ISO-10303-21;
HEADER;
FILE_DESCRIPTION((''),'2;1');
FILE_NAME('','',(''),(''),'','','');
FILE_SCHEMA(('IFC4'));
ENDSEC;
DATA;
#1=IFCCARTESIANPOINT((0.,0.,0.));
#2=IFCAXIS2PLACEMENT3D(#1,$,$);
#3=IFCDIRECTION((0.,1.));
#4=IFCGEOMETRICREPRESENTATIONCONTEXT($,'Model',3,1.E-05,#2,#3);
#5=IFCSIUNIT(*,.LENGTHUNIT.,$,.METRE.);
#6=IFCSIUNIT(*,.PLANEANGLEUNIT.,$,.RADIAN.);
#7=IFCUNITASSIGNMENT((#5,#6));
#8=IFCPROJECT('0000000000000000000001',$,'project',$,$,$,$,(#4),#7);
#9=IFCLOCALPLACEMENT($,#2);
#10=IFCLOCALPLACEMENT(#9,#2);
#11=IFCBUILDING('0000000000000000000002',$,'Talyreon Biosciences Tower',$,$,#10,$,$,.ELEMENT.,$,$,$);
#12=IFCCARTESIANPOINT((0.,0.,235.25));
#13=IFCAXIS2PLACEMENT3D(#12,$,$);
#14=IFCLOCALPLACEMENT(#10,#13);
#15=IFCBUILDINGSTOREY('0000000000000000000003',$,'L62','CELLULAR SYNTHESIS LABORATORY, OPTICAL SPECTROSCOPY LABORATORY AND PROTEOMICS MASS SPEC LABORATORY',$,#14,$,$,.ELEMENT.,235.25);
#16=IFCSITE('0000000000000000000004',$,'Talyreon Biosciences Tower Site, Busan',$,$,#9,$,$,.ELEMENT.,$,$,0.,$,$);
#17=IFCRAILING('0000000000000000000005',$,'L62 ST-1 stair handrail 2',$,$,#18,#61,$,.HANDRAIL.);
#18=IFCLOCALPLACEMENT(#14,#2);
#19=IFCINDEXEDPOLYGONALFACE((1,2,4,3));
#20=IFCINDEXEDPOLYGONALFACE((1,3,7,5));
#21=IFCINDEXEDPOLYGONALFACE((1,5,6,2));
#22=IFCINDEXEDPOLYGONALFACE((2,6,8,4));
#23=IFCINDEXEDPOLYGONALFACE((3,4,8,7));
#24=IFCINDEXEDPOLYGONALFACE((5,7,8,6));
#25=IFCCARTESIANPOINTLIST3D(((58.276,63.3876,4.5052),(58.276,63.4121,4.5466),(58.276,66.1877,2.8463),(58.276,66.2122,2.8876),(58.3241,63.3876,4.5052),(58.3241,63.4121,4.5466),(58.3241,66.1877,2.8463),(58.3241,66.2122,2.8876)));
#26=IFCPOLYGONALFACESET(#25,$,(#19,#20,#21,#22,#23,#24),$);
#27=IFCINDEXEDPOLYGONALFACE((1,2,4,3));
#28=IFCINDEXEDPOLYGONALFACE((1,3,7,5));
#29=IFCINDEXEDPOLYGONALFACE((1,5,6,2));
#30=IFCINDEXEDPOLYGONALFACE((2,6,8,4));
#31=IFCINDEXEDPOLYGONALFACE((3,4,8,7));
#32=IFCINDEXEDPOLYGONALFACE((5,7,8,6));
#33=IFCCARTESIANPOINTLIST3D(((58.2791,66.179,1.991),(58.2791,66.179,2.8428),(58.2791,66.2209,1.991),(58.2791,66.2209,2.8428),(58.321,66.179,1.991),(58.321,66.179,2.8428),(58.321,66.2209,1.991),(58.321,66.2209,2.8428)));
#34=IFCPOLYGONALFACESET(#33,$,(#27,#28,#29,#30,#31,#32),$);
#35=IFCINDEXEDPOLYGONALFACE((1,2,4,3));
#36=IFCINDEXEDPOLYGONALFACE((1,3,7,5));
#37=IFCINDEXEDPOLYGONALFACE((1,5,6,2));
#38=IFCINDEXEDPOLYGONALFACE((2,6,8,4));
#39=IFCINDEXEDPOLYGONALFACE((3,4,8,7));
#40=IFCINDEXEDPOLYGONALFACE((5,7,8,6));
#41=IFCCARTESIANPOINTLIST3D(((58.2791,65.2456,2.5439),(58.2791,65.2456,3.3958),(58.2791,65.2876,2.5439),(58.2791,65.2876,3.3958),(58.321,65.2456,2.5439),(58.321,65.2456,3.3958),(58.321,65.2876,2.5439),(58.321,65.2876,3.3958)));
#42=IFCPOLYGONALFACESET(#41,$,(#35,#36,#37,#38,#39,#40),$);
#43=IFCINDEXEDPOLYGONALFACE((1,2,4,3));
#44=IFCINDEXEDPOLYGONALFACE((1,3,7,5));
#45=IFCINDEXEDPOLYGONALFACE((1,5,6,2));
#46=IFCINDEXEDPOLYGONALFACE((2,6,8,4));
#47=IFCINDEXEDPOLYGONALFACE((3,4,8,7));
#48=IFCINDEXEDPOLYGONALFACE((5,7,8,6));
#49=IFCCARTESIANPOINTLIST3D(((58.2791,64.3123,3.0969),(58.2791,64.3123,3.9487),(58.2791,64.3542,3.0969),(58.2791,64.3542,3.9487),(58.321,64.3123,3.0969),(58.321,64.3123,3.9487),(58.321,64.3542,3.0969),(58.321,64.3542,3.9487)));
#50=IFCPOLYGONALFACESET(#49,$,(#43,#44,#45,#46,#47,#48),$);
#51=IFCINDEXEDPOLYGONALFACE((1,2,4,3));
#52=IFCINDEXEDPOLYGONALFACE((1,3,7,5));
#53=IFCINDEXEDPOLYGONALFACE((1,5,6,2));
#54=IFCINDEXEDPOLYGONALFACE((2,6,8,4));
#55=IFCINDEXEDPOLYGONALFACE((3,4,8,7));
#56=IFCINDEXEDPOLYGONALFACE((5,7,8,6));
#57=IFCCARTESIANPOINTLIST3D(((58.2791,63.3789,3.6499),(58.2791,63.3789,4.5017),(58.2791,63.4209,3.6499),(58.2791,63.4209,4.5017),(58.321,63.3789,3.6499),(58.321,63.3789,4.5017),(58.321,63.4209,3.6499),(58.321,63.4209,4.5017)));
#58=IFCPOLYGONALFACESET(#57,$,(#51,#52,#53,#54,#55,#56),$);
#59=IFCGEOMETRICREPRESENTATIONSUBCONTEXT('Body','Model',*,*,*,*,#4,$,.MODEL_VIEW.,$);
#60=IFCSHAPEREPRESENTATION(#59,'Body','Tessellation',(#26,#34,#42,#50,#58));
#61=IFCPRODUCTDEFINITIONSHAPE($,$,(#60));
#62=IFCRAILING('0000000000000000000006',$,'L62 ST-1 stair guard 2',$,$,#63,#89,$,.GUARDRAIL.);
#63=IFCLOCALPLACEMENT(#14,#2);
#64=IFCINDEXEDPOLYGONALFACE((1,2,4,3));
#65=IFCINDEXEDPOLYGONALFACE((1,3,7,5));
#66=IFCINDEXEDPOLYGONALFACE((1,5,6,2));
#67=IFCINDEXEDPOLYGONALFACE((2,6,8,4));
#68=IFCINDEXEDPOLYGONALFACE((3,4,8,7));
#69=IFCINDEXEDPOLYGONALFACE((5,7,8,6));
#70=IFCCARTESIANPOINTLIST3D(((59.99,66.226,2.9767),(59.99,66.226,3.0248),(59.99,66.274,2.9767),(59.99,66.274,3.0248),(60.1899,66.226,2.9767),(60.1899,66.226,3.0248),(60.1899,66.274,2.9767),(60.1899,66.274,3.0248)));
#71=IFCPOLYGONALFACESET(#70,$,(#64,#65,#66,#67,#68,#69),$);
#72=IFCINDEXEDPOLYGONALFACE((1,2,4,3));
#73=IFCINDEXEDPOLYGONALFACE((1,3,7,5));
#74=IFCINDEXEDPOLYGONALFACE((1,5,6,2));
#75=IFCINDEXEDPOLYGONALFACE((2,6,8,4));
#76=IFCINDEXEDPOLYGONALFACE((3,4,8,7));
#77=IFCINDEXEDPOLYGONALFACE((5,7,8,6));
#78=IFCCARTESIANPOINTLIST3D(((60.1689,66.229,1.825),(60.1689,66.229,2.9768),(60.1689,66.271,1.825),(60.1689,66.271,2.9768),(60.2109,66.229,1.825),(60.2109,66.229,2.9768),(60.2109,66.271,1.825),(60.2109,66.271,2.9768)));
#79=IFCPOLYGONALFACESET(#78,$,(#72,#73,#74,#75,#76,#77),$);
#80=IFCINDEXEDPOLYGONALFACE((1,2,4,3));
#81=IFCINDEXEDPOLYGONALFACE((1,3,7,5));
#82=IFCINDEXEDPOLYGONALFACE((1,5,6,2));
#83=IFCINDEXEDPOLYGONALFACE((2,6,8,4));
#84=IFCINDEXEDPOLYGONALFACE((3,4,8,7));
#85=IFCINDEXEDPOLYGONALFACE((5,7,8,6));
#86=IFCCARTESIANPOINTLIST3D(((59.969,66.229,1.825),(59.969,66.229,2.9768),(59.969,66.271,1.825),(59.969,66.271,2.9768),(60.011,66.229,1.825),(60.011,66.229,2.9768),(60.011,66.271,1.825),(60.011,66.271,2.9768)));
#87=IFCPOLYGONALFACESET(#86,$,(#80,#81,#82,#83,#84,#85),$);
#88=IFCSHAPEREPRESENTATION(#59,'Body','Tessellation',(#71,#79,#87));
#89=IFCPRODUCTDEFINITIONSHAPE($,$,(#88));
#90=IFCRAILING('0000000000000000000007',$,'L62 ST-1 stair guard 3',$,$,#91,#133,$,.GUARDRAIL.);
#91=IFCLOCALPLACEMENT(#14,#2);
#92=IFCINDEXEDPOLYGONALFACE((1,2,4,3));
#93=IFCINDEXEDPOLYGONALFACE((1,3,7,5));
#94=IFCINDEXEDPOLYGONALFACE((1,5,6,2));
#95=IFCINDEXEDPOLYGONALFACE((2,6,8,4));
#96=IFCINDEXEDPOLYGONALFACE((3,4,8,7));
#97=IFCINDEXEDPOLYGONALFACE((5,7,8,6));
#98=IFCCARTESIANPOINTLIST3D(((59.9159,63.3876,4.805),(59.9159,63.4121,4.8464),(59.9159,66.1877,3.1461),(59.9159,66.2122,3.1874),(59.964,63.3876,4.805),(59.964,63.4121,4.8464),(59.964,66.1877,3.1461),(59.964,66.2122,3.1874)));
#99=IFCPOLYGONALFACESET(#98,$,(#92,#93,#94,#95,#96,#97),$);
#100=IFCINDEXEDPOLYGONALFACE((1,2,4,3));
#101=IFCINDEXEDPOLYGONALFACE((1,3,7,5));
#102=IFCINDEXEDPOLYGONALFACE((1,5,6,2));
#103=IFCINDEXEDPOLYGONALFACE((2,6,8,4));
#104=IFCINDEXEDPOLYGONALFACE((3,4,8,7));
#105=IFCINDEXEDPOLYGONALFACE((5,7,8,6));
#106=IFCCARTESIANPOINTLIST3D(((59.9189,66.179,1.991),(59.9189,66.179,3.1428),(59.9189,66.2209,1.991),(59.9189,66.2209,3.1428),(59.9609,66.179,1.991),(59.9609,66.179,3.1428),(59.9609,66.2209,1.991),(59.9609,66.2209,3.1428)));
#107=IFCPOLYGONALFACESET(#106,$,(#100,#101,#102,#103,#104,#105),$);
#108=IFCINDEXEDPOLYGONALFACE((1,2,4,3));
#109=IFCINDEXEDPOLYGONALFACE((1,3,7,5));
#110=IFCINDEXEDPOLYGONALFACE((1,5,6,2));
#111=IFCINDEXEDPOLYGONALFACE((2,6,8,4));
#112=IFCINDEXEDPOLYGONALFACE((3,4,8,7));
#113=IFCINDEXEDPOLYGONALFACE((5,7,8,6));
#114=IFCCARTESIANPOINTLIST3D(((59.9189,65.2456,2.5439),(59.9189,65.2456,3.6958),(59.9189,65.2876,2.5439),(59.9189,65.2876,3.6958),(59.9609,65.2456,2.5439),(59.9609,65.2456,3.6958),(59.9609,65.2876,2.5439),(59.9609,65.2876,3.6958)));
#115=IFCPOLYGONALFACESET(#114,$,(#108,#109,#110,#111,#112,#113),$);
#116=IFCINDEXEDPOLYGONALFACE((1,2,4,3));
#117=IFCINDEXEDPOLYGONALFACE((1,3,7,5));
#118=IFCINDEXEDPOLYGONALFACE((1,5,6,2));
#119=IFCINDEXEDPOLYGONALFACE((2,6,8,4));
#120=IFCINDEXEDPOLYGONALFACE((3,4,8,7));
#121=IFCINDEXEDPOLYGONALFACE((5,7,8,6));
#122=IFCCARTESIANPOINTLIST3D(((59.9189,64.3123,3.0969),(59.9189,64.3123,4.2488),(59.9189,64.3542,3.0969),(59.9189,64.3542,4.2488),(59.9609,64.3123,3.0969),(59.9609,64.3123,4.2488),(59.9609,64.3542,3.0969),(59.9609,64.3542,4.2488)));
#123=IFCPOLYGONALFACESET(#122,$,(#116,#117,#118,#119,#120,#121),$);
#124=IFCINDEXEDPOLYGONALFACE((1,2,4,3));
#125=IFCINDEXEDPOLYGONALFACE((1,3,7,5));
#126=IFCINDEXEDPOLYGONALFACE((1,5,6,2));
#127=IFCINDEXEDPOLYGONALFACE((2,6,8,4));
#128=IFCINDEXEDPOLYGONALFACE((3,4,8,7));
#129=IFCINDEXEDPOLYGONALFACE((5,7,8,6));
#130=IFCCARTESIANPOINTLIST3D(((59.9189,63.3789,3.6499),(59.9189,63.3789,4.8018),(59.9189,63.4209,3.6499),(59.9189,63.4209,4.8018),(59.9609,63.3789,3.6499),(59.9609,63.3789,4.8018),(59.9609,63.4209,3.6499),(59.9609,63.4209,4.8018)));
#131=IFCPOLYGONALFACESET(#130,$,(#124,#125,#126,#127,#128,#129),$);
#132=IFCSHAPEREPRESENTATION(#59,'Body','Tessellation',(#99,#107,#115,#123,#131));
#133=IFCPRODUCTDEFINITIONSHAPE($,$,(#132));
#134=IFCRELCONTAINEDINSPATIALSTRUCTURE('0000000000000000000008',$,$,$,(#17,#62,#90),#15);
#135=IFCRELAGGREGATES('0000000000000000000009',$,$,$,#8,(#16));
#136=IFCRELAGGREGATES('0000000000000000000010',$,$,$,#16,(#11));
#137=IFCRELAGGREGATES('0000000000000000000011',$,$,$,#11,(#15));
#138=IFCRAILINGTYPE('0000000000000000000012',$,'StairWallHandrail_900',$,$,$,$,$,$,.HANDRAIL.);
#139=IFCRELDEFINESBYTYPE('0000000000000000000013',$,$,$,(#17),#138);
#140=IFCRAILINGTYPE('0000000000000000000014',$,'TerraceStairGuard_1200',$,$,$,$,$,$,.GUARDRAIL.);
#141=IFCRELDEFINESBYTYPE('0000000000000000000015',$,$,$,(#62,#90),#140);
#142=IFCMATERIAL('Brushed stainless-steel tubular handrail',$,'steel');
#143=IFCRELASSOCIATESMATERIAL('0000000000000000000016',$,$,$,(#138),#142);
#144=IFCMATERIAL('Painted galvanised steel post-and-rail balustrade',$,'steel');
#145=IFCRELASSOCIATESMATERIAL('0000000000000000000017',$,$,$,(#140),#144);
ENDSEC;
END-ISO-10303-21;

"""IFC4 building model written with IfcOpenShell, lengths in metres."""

from ifc_helpers import new_model, si_unit, direction, frame, origin, origin_2d, place, context, subcontext, project, spatial, rectangle, extrude, material, type_object, element, save


model = new_model("IFC4")

# Units and contexts
model_context = context("Model", 3, precision=1e-05, world=origin(), true_north=direction((0.0, 1.0)))
body_context = subcontext(model_context, "Body", "Model", "MODEL_VIEW")
ifc_project = project(units=[si_unit("LENGTHUNIT", "METRE"), si_unit("PLANEANGLEUNIT", "RADIAN")], contexts=[model_context])

# Site, building, storey
site_placement = place(None, origin())
site = spatial("IfcSite", under=ifc_project, at=site_placement, Name="Talyreon Biosciences Tower Site, Busan", CompositionType="ELEMENT", RefElevation=0.0)
building_placement = place(site_placement, origin())
building = spatial("IfcBuilding", under=site, at=building_placement, Name="Talyreon Biosciences Tower", CompositionType="ELEMENT")
storey_placement = place(building_placement, frame((0.0, 0.0, 235.25)))
storey = spatial("IfcBuildingStorey", under=building, at=storey_placement, Name="L62", Description="CELLULAR SYNTHESIS LABORATORY, OPTICAL SPECTROSCOPY LABORATORY AND PROTEOMICS MASS SPEC LABORATORY", CompositionType="ELEMENT", Elevation=235.25)

# Railings
ifc_material_1 = material(Name="Brushed stainless-steel tubular handrail", Category="steel")
railing_type_1 = type_object("IfcRailingType", Name="StairWallHandrail_900", PredefinedType="HANDRAIL", material=ifc_material_1)
railing_1_placement = place(storey_placement, frame((58.3, 66.2, 1.991)))
element("IfcRailing", 1, at=railing_1_placement, inside=storey, type_object=railing_type_1, Name="L62 ST-1 stair handrail 2", PredefinedType="HANDRAIL", context=body_context, shape_type="SweptSolid", body=[
    extrude(rectangle(XDim=0.0481, YDim=0.0481, at=origin_2d()), frame((0.0, 0.0, 0.876), z_axis=(0.0, -0.860339, 0.509722), x_axis=(1.0, 0.0, 0.0)), (0.0, 0.0, 1.0), 3.2546),
    extrude(rectangle(XDim=0.042, YDim=0.042, at=origin_2d()), origin(), (0.0, 0.0, 1.0), 0.8518),
    extrude(rectangle(XDim=0.042, YDim=0.042, at=origin_2d()), frame((0.0, -0.9333, 0.553)), (0.0, 0.0, 1.0), 0.8518),
    extrude(rectangle(XDim=0.042, YDim=0.042, at=origin_2d()), frame((0.0, -1.8667, 1.106)), (0.0, 0.0, 1.0), 0.8518),
    extrude(rectangle(XDim=0.042, YDim=0.042, at=origin_2d()), frame((0.0, -2.8, 1.6589)), (0.0, 0.0, 1.0), 0.8518),
])
ifc_material_2 = material(Name="Painted galvanised steel post-and-rail balustrade", Category="steel")
railing_type_2 = type_object("IfcRailingType", Name="TerraceStairGuard_1200", PredefinedType="GUARDRAIL", material=ifc_material_2)
railing_2_placement = place(storey_placement, frame((60.1899, 66.25, 1.825)))
element("IfcRailing", 2, at=railing_2_placement, inside=storey, type_object=railing_type_2, Name="L62 ST-1 stair guard 2", PredefinedType="GUARDRAIL", context=body_context, shape_type="SweptSolid", body=[
    extrude(rectangle(XDim=0.0481, YDim=0.0481, at=origin_2d()), frame((0.0, 0.0, 1.1758), z_axis=(-1.0, 0.0, 0.0), x_axis=(0.0, -1.0, 0.0)), (0.0, 0.0, 1.0), 0.2),
    extrude(rectangle(XDim=0.042, YDim=0.042, at=origin_2d()), origin(), (0.0, 0.0, 1.0), 1.1519),
    extrude(rectangle(XDim=0.042, YDim=0.042, at=origin_2d()), frame((-0.2, 0.0, 0.0)), (0.0, 0.0, 1.0), 1.1519),
])
railing_3_placement = place(storey_placement, frame((59.9399, 66.2, 1.991)))
element("IfcRailing", 3, at=railing_3_placement, inside=storey, type_object=railing_type_2, Name="L62 ST-1 stair guard 3", PredefinedType="GUARDRAIL", context=body_context, shape_type="SweptSolid", body=[
    extrude(rectangle(XDim=0.0481, YDim=0.0481, at=origin_2d()), frame((0.0, 0.0, 1.1758), z_axis=(0.0, -0.860339, 0.509722), x_axis=(1.0, 0.0, 0.0)), (0.0, 0.0, 1.0), 3.2546),
    extrude(rectangle(XDim=0.042, YDim=0.042, at=origin_2d()), origin(), (0.0, 0.0, 1.0), 1.1519),
    extrude(rectangle(XDim=0.042, YDim=0.042, at=origin_2d()), frame((0.0, -0.9333, 0.553)), (0.0, 0.0, 1.0), 1.1519),
    extrude(rectangle(XDim=0.042, YDim=0.042, at=origin_2d()), frame((0.0, -1.8667, 1.106)), (0.0, 0.0, 1.0), 1.1519),
    extrude(rectangle(XDim=0.042, YDim=0.042, at=origin_2d()), frame((0.0, -2.8, 1.6589)), (0.0, 0.0, 1.0), 1.1519),
])

save(model, "model.ifc")
